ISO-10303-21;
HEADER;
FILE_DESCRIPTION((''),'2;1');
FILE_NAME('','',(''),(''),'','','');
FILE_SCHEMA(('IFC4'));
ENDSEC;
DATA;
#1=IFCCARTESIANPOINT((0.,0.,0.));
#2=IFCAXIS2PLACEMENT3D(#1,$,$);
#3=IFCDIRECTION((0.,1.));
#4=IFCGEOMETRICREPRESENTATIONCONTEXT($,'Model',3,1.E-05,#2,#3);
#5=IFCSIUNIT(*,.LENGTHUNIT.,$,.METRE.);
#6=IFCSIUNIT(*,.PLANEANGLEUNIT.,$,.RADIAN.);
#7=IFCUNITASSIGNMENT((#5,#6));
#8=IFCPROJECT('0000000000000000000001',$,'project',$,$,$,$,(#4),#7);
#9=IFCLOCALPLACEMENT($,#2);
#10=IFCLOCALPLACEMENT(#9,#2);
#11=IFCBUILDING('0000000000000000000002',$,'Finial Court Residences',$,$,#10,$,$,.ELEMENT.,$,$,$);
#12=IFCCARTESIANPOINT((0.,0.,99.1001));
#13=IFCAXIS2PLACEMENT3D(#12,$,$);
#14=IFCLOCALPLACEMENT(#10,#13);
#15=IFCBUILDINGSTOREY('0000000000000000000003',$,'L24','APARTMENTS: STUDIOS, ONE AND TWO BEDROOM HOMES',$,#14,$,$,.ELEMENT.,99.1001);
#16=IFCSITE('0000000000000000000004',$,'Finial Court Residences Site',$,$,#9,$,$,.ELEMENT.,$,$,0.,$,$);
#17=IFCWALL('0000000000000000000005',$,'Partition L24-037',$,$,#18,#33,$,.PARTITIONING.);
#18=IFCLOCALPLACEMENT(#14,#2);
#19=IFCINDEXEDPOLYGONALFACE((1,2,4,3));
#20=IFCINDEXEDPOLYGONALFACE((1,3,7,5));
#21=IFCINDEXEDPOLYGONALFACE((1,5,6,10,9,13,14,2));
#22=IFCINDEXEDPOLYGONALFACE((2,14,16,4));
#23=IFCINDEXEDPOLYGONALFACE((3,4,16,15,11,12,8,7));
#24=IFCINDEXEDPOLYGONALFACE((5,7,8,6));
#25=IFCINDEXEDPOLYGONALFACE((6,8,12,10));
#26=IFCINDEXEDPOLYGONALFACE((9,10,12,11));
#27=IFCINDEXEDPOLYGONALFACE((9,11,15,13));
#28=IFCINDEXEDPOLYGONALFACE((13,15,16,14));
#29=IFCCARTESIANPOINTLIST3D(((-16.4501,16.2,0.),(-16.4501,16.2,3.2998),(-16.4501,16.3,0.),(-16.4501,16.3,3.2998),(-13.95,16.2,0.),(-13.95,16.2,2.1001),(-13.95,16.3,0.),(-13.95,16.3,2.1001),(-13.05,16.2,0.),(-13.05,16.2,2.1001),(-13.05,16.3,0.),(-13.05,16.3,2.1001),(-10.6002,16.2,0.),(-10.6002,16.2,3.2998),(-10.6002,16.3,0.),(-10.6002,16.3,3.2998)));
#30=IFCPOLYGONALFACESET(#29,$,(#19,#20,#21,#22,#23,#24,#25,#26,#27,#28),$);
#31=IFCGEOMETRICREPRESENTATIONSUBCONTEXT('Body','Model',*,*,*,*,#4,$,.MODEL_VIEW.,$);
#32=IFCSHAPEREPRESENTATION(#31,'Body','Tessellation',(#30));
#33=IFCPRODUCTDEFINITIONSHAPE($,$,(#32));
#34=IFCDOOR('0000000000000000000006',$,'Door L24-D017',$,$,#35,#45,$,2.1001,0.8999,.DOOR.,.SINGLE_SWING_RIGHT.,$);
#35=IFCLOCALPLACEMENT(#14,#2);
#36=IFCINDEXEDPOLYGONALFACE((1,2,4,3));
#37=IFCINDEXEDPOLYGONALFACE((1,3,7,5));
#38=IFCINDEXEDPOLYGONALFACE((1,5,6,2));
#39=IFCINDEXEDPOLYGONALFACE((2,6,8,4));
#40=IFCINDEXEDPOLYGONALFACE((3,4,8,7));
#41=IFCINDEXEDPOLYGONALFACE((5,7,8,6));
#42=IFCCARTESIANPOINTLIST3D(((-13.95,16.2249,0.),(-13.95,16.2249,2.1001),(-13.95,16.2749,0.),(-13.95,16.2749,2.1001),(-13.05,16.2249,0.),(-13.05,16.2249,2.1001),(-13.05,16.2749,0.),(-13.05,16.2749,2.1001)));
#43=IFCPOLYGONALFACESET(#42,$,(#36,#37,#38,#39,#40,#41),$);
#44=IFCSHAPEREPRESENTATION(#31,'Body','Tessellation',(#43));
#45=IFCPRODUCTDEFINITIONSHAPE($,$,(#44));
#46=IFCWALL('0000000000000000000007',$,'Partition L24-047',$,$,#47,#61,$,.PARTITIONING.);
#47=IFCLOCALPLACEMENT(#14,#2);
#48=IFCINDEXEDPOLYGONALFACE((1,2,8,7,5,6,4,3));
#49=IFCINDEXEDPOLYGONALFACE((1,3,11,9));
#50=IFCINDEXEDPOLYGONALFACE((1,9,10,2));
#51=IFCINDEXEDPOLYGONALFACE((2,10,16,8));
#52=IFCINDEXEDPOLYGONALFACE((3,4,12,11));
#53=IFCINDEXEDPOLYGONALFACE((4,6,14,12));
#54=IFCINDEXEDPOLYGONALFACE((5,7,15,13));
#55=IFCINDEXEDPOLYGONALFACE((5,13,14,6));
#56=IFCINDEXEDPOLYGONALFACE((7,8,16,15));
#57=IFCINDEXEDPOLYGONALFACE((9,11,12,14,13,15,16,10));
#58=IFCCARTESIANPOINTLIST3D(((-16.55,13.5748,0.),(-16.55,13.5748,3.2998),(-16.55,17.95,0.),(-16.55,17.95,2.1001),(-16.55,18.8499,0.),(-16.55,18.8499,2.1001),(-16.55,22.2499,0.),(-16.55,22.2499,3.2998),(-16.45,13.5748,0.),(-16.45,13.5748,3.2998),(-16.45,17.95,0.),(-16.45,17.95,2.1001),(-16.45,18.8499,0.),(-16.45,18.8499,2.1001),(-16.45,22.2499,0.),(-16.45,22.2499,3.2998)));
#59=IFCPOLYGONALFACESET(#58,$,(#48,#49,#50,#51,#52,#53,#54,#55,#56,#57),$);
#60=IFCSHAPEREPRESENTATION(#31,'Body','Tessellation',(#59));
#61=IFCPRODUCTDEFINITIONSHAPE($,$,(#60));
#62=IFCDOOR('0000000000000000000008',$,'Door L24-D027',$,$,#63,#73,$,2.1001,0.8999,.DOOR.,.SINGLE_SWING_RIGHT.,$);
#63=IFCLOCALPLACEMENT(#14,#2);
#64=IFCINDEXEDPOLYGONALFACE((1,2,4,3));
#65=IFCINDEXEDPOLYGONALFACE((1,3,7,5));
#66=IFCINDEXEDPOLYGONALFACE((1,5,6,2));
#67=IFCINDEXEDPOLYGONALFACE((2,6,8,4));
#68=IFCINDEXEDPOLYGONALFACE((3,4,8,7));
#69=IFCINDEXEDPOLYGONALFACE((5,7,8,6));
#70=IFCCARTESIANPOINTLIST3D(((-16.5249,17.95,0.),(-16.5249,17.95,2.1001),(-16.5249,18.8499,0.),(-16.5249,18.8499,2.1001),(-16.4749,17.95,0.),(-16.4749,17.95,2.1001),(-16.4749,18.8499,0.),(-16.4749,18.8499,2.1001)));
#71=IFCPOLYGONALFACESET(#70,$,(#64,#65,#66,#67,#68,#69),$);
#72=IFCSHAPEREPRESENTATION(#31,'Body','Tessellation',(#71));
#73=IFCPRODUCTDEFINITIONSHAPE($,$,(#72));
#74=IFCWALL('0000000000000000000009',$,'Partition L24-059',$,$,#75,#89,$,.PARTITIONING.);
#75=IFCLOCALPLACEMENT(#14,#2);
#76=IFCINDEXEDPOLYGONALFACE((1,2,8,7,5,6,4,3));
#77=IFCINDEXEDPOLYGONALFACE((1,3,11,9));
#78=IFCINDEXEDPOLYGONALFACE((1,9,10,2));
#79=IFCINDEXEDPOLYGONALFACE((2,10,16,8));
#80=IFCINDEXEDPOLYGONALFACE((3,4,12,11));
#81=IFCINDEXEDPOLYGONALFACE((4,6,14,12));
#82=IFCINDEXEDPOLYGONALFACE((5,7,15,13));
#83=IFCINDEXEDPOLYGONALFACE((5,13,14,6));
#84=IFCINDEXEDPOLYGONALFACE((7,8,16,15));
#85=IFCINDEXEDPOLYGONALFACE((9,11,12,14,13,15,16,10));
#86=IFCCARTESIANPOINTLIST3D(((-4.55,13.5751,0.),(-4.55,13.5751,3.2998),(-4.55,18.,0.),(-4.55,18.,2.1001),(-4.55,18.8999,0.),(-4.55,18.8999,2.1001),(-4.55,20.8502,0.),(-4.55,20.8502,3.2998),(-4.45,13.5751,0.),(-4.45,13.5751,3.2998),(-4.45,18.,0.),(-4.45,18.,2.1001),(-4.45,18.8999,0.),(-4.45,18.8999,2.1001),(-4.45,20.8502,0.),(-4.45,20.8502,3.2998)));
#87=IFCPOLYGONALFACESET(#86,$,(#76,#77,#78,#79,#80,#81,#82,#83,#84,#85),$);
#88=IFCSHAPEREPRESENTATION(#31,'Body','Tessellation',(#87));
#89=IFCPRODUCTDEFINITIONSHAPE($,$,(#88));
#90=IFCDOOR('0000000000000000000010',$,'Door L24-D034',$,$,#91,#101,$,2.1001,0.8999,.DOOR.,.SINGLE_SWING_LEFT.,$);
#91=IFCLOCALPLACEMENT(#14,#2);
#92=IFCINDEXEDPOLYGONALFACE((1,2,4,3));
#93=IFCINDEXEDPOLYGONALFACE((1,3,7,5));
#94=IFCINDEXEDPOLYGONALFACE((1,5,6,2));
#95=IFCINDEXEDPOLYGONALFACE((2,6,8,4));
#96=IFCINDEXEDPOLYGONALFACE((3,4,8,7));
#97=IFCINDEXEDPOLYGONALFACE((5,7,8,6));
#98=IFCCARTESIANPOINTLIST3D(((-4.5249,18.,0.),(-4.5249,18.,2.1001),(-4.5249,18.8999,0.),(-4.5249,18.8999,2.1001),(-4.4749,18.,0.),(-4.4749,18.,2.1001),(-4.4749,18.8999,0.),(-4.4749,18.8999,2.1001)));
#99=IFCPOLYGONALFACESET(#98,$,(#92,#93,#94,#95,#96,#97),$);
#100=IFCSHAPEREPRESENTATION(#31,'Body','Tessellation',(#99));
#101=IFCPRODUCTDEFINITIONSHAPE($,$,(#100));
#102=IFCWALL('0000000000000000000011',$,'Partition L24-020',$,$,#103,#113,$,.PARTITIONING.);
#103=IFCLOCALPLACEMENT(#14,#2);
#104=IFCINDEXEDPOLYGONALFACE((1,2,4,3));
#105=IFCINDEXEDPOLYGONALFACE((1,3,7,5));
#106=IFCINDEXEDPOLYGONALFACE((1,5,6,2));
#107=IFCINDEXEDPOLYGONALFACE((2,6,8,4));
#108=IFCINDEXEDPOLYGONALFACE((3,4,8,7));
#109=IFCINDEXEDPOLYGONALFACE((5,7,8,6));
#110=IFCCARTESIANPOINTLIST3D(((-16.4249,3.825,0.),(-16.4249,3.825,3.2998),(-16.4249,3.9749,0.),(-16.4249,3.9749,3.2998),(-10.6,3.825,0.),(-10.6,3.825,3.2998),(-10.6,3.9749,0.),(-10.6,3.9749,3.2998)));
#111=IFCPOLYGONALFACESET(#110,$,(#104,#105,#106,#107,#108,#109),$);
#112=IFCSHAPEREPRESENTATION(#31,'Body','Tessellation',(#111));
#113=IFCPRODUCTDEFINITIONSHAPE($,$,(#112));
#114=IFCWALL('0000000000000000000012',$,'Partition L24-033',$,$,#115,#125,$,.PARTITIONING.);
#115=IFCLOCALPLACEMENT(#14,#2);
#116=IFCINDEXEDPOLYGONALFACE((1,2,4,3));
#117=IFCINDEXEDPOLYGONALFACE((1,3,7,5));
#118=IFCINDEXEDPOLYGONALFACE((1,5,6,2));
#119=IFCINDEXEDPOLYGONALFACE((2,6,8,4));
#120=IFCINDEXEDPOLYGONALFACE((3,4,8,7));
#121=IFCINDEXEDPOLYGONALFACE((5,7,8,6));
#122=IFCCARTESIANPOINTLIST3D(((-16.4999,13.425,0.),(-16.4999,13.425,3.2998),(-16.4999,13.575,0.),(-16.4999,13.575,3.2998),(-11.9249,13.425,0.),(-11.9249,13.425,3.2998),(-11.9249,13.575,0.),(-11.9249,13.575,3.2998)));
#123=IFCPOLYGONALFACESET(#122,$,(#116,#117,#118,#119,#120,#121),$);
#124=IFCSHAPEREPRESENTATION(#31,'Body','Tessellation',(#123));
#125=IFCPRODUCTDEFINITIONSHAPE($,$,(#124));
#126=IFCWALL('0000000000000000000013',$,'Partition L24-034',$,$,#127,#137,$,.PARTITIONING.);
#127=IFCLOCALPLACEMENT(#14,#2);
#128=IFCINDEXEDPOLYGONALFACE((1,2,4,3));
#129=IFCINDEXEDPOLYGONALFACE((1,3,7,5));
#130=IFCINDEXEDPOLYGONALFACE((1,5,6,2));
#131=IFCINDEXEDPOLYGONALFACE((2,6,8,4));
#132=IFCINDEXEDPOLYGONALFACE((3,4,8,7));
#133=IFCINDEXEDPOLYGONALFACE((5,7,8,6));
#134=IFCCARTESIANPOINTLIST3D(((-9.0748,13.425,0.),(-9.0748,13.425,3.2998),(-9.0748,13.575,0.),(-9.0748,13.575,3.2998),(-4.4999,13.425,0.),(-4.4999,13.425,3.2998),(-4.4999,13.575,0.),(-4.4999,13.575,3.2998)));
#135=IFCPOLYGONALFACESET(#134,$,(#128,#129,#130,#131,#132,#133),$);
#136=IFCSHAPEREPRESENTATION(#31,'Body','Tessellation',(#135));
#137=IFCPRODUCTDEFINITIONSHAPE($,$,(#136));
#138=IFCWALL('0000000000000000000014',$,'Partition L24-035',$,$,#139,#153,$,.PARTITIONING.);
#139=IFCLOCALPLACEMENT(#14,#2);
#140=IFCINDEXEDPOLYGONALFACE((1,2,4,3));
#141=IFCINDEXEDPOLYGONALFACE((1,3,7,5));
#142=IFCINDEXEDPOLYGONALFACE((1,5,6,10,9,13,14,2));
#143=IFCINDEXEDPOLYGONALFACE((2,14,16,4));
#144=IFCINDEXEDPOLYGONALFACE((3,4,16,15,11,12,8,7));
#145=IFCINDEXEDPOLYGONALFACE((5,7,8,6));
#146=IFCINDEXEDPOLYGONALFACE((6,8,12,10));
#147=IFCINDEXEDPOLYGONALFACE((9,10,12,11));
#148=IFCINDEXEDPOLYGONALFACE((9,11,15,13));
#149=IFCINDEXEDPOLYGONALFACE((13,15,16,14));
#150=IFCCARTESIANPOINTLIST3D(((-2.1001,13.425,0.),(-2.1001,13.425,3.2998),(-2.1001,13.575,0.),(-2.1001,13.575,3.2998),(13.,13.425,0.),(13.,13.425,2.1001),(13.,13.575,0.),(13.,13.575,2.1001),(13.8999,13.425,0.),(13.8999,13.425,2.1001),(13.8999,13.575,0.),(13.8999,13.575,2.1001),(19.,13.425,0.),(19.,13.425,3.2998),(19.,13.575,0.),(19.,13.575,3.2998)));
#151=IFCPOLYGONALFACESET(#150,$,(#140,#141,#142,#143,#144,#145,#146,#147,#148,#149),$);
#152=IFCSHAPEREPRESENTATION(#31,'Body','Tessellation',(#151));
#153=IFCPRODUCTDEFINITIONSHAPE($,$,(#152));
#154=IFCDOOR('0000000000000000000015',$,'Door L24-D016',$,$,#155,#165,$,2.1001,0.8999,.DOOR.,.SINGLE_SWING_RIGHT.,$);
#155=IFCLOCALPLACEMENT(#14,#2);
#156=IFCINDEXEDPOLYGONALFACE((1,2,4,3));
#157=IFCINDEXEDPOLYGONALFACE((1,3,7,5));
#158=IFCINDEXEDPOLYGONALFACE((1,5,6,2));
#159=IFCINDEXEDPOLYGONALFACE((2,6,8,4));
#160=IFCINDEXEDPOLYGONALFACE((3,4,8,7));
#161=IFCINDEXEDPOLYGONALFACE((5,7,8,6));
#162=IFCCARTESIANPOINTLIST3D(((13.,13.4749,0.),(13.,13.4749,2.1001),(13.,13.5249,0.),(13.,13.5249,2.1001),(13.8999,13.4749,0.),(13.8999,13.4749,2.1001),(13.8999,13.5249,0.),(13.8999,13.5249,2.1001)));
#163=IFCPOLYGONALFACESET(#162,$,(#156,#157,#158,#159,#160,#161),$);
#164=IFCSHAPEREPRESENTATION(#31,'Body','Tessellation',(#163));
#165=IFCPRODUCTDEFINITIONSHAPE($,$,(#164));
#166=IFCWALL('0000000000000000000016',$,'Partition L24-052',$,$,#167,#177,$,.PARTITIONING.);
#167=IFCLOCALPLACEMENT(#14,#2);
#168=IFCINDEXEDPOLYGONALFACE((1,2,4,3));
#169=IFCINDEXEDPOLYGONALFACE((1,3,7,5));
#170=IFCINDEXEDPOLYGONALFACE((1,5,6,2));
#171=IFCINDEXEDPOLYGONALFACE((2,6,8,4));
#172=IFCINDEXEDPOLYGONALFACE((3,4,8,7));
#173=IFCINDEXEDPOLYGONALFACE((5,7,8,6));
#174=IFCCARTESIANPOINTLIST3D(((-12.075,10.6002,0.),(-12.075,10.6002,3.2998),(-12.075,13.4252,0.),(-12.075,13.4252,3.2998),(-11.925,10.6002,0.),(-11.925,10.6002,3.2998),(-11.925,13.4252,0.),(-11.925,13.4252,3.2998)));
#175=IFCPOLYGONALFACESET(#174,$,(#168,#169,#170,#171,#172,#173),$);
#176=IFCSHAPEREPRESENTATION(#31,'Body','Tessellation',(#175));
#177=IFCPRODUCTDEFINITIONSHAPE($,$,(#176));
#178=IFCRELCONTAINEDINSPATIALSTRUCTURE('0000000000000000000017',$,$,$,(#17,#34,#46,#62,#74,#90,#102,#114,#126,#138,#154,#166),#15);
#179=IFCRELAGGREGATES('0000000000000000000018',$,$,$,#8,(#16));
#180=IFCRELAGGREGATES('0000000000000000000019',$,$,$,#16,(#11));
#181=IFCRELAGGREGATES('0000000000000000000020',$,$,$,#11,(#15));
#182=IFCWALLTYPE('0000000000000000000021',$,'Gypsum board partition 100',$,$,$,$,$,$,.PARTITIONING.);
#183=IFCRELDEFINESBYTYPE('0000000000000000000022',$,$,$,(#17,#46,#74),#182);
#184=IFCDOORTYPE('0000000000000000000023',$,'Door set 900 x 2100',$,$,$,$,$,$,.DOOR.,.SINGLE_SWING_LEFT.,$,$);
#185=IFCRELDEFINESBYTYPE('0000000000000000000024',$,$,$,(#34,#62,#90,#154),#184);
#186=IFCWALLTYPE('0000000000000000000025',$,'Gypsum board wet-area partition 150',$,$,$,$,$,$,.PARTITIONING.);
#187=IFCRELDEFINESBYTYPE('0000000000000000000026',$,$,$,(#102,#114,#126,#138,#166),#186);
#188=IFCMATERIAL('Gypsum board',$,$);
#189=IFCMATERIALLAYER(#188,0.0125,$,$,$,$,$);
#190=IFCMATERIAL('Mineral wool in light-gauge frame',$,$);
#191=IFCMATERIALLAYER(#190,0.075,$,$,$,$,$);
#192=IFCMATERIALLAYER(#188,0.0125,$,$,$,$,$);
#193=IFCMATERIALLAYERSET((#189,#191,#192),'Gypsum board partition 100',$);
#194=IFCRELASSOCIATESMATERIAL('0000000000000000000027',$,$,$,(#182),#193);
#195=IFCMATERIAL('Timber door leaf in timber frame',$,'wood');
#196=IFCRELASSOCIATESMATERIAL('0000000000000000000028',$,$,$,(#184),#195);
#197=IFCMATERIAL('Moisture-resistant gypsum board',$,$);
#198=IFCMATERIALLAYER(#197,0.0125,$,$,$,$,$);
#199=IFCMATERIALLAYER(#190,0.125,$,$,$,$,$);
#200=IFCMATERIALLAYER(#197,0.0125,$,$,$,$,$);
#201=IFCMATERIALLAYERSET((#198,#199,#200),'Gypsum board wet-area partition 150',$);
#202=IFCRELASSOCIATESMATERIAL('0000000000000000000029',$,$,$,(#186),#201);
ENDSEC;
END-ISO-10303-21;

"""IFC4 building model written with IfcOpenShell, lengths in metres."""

from ifc_helpers import new_model, si_unit, direction, frame, frame_2d, origin, place, context, subcontext, project, spatial, rectangle, extrude, material, layer, layer_set, type_object, element, fill, save


model = new_model("IFC4")

# Units and contexts
model_context = context("Model", 3, precision=1e-05, world=origin(), true_north=direction((0.0, 1.0)))
body_context = subcontext(model_context, "Body", "Model", "MODEL_VIEW")
ifc_project = project(units=[si_unit("LENGTHUNIT", "METRE"), si_unit("PLANEANGLEUNIT", "RADIAN")], contexts=[model_context])

# Site, building, storey
site_placement = place(None, origin())
site = spatial("IfcSite", under=ifc_project, at=site_placement, Name="Finial Court Residences Site", CompositionType="ELEMENT", RefElevation=0.0)
building_placement = place(site_placement, origin())
building = spatial("IfcBuilding", under=site, at=building_placement, Name="Finial Court Residences", CompositionType="ELEMENT")
storey_placement = place(building_placement, frame((0.0, 0.0, 99.1001)))
storey = spatial("IfcBuildingStorey", under=building, at=storey_placement, Name="L24", Description="APARTMENTS: STUDIOS, ONE AND TWO BEDROOM HOMES", CompositionType="ELEMENT", Elevation=99.1001)

# Shared definitions
ifc_material_1 = material(Name="Gypsum board")
ifc_layer_1 = layer(ifc_material_1, 0.0125)
ifc_material_2 = material(Name="Mineral wool in light-gauge frame")
ifc_layer_2 = layer(ifc_material_2, 0.075)
ifc_layer_3 = layer(ifc_material_1, 0.0125)
ifc_layer_set_1 = layer_set([ifc_layer_1, ifc_layer_2, ifc_layer_3], Name="Gypsum board partition 100")
wall_type_1 = type_object("IfcWallType", Name="Gypsum board partition 100", PredefinedType="PARTITIONING", material=ifc_layer_set_1)

# Walls, openings, doors
ifc_material_3 = material(Name="Timber door leaf in timber frame", Category="wood")
door_type = type_object("IfcDoorType", Name="Door set 900 x 2100", OperationType="SINGLE_SWING_LEFT", PredefinedType="DOOR", material=ifc_material_3)
wall_1_placement = place(storey_placement, frame((-16.45, 16.25, 0.0), z_axis=(0.0, 0.0, 1.0), x_axis=(1.0, 0.0, 0.0)))
wall_1 = element("IfcWall", 1, at=wall_1_placement, inside=storey, type_object=wall_type_1, Name="Partition L24-037", PredefinedType="PARTITIONING", context=body_context, shape_type="SweptSolid", body=[
    extrude(rectangle(XDim=5.8499, YDim=0.1001, at=frame_2d((2.9248, 0.0))), origin(), (0.0, 0.0, 1.0), 3.2998),
])
opening_1_placement = place(wall_1_placement, frame((2.5, 0.0, 0.0)))
opening_1 = element("IfcOpeningElement", 2, at=opening_1_placement, cuts=wall_1, PredefinedType="OPENING", context=body_context, shape_type="SweptSolid", body=[
    extrude(rectangle(XDim=0.8999, YDim=2.1001, at=frame_2d((0.45, 1.05))), frame((0.0, 0.0601, 0.0), z_axis=(0.0, -1.0, 0.0), x_axis=(1.0, 0.0, 0.0)), (0.0, 0.0, 1.0), 0.1201),
])
door_1_placement = place(opening_1_placement, origin())
door_1 = element("IfcDoor", 3, at=door_1_placement, inside=storey, type_object=door_type, Name="Door L24-D017", OperationType="SINGLE_SWING_RIGHT", OverallHeight=2.1001, OverallWidth=0.8999, PredefinedType="DOOR", context=body_context, shape_type="SweptSolid", body=[
    extrude(rectangle(XDim=0.8999, YDim=2.1001, at=frame_2d((0.45, 1.05))), frame((0.0, 0.0249, 0.0), z_axis=(0.0, -1.0, 0.0), x_axis=(1.0, 0.0, 0.0)), (0.0, 0.0, 1.0), 0.05),
])
fill(opening_1, door_1)
wall_2_placement = place(storey_placement, frame((-16.5, 13.575, 0.0), z_axis=(0.0, 0.0, 1.0), x_axis=(0.0, 1.0, 0.0)))
wall_2 = element("IfcWall", 4, at=wall_2_placement, inside=storey, type_object=wall_type_1, Name="Partition L24-047", PredefinedType="PARTITIONING", context=body_context, shape_type="SweptSolid", body=[
    extrude(rectangle(XDim=8.675, YDim=0.1001, at=frame_2d((4.3374, 0.0))), origin(), (0.0, 0.0, 1.0), 3.2998),
])
opening_2_placement = place(wall_2_placement, frame((4.375, 0.0, 0.0)))
opening_2 = element("IfcOpeningElement", 5, at=opening_2_placement, cuts=wall_2, PredefinedType="OPENING", context=body_context, shape_type="SweptSolid", body=[
    extrude(rectangle(XDim=0.8999, YDim=2.1001, at=frame_2d((0.45, 1.05))), frame((0.0, 0.0601, 0.0), z_axis=(0.0, -1.0, 0.0), x_axis=(1.0, 0.0, 0.0)), (0.0, 0.0, 1.0), 0.1201),
])
door_2_placement = place(opening_2_placement, origin())
door_2 = element("IfcDoor", 6, at=door_2_placement, inside=storey, type_object=door_type, Name="Door L24-D027", OperationType="SINGLE_SWING_RIGHT", OverallHeight=2.1001, OverallWidth=0.8999, PredefinedType="DOOR", context=body_context, shape_type="SweptSolid", body=[
    extrude(rectangle(XDim=0.8999, YDim=2.1001, at=frame_2d((0.45, 1.05))), frame((0.0, 0.0249, 0.0), z_axis=(0.0, -1.0, 0.0), x_axis=(1.0, 0.0, 0.0)), (0.0, 0.0, 1.0), 0.05),
])
fill(opening_2, door_2)
wall_3_placement = place(storey_placement, frame((-4.5, 13.575, 0.0), z_axis=(0.0, 0.0, 1.0), x_axis=(0.0, 1.0, 0.0)))
wall_3 = element("IfcWall", 7, at=wall_3_placement, inside=storey, type_object=wall_type_1, Name="Partition L24-059", PredefinedType="PARTITIONING", context=body_context, shape_type="SweptSolid", body=[
    extrude(rectangle(XDim=7.2751, YDim=0.1001, at=frame_2d((3.6377, 0.0))), origin(), (0.0, 0.0, 1.0), 3.2998),
])
opening_3_placement = place(wall_3_placement, frame((4.425, 0.0, 0.0)))
opening_3 = element("IfcOpeningElement", 8, at=opening_3_placement, cuts=wall_3, PredefinedType="OPENING", context=body_context, shape_type="SweptSolid", body=[
    extrude(rectangle(XDim=0.8999, YDim=2.1001, at=frame_2d((0.45, 1.05))), frame((0.0, 0.0601, 0.0), z_axis=(0.0, -1.0, 0.0), x_axis=(1.0, 0.0, 0.0)), (0.0, 0.0, 1.0), 0.1201),
])
door_3_placement = place(opening_3_placement, origin())
door_3 = element("IfcDoor", 9, at=door_3_placement, inside=storey, type_object=door_type, Name="Door L24-D034", OperationType="SINGLE_SWING_LEFT", OverallHeight=2.1001, OverallWidth=0.8999, PredefinedType="DOOR", context=body_context, shape_type="SweptSolid", body=[
    extrude(rectangle(XDim=0.8999, YDim=2.1001, at=frame_2d((0.45, 1.05))), frame((0.0, 0.0249, 0.0), z_axis=(0.0, -1.0, 0.0), x_axis=(1.0, 0.0, 0.0)), (0.0, 0.0, 1.0), 0.05),
])
fill(opening_3, door_3)

# Walls
ifc_material_4 = material(Name="Moisture-resistant gypsum board")
ifc_layer_4 = layer(ifc_material_4, 0.0125)
ifc_layer_5 = layer(ifc_material_2, 0.125)
ifc_layer_6 = layer(ifc_material_4, 0.0125)
ifc_layer_set_2 = layer_set([ifc_layer_4, ifc_layer_5, ifc_layer_6], Name="Gypsum board wet-area partition 150")
wall_type_2 = type_object("IfcWallType", Name="Gypsum board wet-area partition 150", PredefinedType="PARTITIONING", material=ifc_layer_set_2)
wall_4_placement = place(storey_placement, frame((-16.425, 3.8999, 0.0), z_axis=(0.0, 0.0, 1.0), x_axis=(1.0, 0.0, 0.0)))
element("IfcWall", 10, at=wall_4_placement, inside=storey, type_object=wall_type_2, Name="Partition L24-020", PredefinedType="PARTITIONING", context=body_context, shape_type="SweptSolid", body=[
    extrude(rectangle(XDim=5.825, YDim=0.1499, at=frame_2d((2.9126, 0.0))), origin(), (0.0, 0.0, 1.0), 3.2998),
])
for number, where, z_axis, x_axis, name in (
    (11, (-16.5, 13.5, 0.0), (0.0, 0.0, 1.0), (1.0, 0.0, 0.0), "Partition L24-033"),
    (12, (-9.075, 13.5, 0.0), (0.0, 0.0, 1.0), (1.0, 0.0, 0.0), "Partition L24-034"),
):
    element("IfcWall", number, at=place(storey_placement, frame(where, z_axis=z_axis, x_axis=x_axis)), inside=storey, type_object=wall_type_2, Name=name, PredefinedType="PARTITIONING", context=body_context, shape_type="SweptSolid", body=[
        extrude(rectangle(XDim=4.575, YDim=0.1499, at=frame_2d((2.2876, 0.0))), origin(), (0.0, 0.0, 1.0), 3.2998),
    ])

# Wall, opening, door
wall_5_placement = place(storey_placement, frame((-2.1001, 13.5, 0.0), z_axis=(0.0, 0.0, 1.0), x_axis=(1.0, 0.0, 0.0)))
wall_5 = element("IfcWall", 13, at=wall_5_placement, inside=storey, type_object=wall_type_2, Name="Partition L24-035", PredefinedType="PARTITIONING", context=body_context, shape_type="SweptSolid", body=[
    extrude(rectangle(XDim=21.1001, YDim=0.1499, at=frame_2d((10.55, 0.0))), origin(), (0.0, 0.0, 1.0), 3.2998),
])
opening_4_placement = place(wall_5_placement, frame((15.1001, 0.0, 0.0)))
opening_4 = element("IfcOpeningElement", 14, at=opening_4_placement, cuts=wall_5, PredefinedType="OPENING", context=body_context, shape_type="SweptSolid", body=[
    extrude(rectangle(XDim=0.8999, YDim=2.1001, at=frame_2d((0.45, 1.05))), frame((0.0, 0.085, 0.0), z_axis=(0.0, -1.0, 0.0), x_axis=(1.0, 0.0, 0.0)), (0.0, 0.0, 1.0), 0.1699),
])
door_4_placement = place(opening_4_placement, origin())
door_4 = element("IfcDoor", 15, at=door_4_placement, inside=storey, type_object=door_type, Name="Door L24-D016", OperationType="SINGLE_SWING_RIGHT", OverallHeight=2.1001, OverallWidth=0.8999, PredefinedType="DOOR", context=body_context, shape_type="SweptSolid", body=[
    extrude(rectangle(XDim=0.8999, YDim=2.1001, at=frame_2d((0.45, 1.05))), frame((0.0, 0.0249, 0.0), z_axis=(0.0, -1.0, 0.0), x_axis=(1.0, 0.0, 0.0)), (0.0, 0.0, 1.0), 0.05),
])
fill(opening_4, door_4)

# Wall
for number, where, z_axis, x_axis, name in (
    (16, (-12.0, 10.6001, 0.0), (0.0, 0.0, 1.0), (0.0, 1.0, 0.0), "Partition L24-052"),
):
    element("IfcWall", number, at=place(storey_placement, frame(where, z_axis=z_axis, x_axis=x_axis)), inside=storey, type_object=wall_type_2, Name=name, PredefinedType="PARTITIONING", context=body_context, shape_type="SweptSolid", body=[
        extrude(rectangle(XDim=2.825, YDim=0.1499, at=frame_2d((1.4126, 0.0))), origin(), (0.0, 0.0, 1.0), 3.2998),
    ])

save(model, "model.ifc")
